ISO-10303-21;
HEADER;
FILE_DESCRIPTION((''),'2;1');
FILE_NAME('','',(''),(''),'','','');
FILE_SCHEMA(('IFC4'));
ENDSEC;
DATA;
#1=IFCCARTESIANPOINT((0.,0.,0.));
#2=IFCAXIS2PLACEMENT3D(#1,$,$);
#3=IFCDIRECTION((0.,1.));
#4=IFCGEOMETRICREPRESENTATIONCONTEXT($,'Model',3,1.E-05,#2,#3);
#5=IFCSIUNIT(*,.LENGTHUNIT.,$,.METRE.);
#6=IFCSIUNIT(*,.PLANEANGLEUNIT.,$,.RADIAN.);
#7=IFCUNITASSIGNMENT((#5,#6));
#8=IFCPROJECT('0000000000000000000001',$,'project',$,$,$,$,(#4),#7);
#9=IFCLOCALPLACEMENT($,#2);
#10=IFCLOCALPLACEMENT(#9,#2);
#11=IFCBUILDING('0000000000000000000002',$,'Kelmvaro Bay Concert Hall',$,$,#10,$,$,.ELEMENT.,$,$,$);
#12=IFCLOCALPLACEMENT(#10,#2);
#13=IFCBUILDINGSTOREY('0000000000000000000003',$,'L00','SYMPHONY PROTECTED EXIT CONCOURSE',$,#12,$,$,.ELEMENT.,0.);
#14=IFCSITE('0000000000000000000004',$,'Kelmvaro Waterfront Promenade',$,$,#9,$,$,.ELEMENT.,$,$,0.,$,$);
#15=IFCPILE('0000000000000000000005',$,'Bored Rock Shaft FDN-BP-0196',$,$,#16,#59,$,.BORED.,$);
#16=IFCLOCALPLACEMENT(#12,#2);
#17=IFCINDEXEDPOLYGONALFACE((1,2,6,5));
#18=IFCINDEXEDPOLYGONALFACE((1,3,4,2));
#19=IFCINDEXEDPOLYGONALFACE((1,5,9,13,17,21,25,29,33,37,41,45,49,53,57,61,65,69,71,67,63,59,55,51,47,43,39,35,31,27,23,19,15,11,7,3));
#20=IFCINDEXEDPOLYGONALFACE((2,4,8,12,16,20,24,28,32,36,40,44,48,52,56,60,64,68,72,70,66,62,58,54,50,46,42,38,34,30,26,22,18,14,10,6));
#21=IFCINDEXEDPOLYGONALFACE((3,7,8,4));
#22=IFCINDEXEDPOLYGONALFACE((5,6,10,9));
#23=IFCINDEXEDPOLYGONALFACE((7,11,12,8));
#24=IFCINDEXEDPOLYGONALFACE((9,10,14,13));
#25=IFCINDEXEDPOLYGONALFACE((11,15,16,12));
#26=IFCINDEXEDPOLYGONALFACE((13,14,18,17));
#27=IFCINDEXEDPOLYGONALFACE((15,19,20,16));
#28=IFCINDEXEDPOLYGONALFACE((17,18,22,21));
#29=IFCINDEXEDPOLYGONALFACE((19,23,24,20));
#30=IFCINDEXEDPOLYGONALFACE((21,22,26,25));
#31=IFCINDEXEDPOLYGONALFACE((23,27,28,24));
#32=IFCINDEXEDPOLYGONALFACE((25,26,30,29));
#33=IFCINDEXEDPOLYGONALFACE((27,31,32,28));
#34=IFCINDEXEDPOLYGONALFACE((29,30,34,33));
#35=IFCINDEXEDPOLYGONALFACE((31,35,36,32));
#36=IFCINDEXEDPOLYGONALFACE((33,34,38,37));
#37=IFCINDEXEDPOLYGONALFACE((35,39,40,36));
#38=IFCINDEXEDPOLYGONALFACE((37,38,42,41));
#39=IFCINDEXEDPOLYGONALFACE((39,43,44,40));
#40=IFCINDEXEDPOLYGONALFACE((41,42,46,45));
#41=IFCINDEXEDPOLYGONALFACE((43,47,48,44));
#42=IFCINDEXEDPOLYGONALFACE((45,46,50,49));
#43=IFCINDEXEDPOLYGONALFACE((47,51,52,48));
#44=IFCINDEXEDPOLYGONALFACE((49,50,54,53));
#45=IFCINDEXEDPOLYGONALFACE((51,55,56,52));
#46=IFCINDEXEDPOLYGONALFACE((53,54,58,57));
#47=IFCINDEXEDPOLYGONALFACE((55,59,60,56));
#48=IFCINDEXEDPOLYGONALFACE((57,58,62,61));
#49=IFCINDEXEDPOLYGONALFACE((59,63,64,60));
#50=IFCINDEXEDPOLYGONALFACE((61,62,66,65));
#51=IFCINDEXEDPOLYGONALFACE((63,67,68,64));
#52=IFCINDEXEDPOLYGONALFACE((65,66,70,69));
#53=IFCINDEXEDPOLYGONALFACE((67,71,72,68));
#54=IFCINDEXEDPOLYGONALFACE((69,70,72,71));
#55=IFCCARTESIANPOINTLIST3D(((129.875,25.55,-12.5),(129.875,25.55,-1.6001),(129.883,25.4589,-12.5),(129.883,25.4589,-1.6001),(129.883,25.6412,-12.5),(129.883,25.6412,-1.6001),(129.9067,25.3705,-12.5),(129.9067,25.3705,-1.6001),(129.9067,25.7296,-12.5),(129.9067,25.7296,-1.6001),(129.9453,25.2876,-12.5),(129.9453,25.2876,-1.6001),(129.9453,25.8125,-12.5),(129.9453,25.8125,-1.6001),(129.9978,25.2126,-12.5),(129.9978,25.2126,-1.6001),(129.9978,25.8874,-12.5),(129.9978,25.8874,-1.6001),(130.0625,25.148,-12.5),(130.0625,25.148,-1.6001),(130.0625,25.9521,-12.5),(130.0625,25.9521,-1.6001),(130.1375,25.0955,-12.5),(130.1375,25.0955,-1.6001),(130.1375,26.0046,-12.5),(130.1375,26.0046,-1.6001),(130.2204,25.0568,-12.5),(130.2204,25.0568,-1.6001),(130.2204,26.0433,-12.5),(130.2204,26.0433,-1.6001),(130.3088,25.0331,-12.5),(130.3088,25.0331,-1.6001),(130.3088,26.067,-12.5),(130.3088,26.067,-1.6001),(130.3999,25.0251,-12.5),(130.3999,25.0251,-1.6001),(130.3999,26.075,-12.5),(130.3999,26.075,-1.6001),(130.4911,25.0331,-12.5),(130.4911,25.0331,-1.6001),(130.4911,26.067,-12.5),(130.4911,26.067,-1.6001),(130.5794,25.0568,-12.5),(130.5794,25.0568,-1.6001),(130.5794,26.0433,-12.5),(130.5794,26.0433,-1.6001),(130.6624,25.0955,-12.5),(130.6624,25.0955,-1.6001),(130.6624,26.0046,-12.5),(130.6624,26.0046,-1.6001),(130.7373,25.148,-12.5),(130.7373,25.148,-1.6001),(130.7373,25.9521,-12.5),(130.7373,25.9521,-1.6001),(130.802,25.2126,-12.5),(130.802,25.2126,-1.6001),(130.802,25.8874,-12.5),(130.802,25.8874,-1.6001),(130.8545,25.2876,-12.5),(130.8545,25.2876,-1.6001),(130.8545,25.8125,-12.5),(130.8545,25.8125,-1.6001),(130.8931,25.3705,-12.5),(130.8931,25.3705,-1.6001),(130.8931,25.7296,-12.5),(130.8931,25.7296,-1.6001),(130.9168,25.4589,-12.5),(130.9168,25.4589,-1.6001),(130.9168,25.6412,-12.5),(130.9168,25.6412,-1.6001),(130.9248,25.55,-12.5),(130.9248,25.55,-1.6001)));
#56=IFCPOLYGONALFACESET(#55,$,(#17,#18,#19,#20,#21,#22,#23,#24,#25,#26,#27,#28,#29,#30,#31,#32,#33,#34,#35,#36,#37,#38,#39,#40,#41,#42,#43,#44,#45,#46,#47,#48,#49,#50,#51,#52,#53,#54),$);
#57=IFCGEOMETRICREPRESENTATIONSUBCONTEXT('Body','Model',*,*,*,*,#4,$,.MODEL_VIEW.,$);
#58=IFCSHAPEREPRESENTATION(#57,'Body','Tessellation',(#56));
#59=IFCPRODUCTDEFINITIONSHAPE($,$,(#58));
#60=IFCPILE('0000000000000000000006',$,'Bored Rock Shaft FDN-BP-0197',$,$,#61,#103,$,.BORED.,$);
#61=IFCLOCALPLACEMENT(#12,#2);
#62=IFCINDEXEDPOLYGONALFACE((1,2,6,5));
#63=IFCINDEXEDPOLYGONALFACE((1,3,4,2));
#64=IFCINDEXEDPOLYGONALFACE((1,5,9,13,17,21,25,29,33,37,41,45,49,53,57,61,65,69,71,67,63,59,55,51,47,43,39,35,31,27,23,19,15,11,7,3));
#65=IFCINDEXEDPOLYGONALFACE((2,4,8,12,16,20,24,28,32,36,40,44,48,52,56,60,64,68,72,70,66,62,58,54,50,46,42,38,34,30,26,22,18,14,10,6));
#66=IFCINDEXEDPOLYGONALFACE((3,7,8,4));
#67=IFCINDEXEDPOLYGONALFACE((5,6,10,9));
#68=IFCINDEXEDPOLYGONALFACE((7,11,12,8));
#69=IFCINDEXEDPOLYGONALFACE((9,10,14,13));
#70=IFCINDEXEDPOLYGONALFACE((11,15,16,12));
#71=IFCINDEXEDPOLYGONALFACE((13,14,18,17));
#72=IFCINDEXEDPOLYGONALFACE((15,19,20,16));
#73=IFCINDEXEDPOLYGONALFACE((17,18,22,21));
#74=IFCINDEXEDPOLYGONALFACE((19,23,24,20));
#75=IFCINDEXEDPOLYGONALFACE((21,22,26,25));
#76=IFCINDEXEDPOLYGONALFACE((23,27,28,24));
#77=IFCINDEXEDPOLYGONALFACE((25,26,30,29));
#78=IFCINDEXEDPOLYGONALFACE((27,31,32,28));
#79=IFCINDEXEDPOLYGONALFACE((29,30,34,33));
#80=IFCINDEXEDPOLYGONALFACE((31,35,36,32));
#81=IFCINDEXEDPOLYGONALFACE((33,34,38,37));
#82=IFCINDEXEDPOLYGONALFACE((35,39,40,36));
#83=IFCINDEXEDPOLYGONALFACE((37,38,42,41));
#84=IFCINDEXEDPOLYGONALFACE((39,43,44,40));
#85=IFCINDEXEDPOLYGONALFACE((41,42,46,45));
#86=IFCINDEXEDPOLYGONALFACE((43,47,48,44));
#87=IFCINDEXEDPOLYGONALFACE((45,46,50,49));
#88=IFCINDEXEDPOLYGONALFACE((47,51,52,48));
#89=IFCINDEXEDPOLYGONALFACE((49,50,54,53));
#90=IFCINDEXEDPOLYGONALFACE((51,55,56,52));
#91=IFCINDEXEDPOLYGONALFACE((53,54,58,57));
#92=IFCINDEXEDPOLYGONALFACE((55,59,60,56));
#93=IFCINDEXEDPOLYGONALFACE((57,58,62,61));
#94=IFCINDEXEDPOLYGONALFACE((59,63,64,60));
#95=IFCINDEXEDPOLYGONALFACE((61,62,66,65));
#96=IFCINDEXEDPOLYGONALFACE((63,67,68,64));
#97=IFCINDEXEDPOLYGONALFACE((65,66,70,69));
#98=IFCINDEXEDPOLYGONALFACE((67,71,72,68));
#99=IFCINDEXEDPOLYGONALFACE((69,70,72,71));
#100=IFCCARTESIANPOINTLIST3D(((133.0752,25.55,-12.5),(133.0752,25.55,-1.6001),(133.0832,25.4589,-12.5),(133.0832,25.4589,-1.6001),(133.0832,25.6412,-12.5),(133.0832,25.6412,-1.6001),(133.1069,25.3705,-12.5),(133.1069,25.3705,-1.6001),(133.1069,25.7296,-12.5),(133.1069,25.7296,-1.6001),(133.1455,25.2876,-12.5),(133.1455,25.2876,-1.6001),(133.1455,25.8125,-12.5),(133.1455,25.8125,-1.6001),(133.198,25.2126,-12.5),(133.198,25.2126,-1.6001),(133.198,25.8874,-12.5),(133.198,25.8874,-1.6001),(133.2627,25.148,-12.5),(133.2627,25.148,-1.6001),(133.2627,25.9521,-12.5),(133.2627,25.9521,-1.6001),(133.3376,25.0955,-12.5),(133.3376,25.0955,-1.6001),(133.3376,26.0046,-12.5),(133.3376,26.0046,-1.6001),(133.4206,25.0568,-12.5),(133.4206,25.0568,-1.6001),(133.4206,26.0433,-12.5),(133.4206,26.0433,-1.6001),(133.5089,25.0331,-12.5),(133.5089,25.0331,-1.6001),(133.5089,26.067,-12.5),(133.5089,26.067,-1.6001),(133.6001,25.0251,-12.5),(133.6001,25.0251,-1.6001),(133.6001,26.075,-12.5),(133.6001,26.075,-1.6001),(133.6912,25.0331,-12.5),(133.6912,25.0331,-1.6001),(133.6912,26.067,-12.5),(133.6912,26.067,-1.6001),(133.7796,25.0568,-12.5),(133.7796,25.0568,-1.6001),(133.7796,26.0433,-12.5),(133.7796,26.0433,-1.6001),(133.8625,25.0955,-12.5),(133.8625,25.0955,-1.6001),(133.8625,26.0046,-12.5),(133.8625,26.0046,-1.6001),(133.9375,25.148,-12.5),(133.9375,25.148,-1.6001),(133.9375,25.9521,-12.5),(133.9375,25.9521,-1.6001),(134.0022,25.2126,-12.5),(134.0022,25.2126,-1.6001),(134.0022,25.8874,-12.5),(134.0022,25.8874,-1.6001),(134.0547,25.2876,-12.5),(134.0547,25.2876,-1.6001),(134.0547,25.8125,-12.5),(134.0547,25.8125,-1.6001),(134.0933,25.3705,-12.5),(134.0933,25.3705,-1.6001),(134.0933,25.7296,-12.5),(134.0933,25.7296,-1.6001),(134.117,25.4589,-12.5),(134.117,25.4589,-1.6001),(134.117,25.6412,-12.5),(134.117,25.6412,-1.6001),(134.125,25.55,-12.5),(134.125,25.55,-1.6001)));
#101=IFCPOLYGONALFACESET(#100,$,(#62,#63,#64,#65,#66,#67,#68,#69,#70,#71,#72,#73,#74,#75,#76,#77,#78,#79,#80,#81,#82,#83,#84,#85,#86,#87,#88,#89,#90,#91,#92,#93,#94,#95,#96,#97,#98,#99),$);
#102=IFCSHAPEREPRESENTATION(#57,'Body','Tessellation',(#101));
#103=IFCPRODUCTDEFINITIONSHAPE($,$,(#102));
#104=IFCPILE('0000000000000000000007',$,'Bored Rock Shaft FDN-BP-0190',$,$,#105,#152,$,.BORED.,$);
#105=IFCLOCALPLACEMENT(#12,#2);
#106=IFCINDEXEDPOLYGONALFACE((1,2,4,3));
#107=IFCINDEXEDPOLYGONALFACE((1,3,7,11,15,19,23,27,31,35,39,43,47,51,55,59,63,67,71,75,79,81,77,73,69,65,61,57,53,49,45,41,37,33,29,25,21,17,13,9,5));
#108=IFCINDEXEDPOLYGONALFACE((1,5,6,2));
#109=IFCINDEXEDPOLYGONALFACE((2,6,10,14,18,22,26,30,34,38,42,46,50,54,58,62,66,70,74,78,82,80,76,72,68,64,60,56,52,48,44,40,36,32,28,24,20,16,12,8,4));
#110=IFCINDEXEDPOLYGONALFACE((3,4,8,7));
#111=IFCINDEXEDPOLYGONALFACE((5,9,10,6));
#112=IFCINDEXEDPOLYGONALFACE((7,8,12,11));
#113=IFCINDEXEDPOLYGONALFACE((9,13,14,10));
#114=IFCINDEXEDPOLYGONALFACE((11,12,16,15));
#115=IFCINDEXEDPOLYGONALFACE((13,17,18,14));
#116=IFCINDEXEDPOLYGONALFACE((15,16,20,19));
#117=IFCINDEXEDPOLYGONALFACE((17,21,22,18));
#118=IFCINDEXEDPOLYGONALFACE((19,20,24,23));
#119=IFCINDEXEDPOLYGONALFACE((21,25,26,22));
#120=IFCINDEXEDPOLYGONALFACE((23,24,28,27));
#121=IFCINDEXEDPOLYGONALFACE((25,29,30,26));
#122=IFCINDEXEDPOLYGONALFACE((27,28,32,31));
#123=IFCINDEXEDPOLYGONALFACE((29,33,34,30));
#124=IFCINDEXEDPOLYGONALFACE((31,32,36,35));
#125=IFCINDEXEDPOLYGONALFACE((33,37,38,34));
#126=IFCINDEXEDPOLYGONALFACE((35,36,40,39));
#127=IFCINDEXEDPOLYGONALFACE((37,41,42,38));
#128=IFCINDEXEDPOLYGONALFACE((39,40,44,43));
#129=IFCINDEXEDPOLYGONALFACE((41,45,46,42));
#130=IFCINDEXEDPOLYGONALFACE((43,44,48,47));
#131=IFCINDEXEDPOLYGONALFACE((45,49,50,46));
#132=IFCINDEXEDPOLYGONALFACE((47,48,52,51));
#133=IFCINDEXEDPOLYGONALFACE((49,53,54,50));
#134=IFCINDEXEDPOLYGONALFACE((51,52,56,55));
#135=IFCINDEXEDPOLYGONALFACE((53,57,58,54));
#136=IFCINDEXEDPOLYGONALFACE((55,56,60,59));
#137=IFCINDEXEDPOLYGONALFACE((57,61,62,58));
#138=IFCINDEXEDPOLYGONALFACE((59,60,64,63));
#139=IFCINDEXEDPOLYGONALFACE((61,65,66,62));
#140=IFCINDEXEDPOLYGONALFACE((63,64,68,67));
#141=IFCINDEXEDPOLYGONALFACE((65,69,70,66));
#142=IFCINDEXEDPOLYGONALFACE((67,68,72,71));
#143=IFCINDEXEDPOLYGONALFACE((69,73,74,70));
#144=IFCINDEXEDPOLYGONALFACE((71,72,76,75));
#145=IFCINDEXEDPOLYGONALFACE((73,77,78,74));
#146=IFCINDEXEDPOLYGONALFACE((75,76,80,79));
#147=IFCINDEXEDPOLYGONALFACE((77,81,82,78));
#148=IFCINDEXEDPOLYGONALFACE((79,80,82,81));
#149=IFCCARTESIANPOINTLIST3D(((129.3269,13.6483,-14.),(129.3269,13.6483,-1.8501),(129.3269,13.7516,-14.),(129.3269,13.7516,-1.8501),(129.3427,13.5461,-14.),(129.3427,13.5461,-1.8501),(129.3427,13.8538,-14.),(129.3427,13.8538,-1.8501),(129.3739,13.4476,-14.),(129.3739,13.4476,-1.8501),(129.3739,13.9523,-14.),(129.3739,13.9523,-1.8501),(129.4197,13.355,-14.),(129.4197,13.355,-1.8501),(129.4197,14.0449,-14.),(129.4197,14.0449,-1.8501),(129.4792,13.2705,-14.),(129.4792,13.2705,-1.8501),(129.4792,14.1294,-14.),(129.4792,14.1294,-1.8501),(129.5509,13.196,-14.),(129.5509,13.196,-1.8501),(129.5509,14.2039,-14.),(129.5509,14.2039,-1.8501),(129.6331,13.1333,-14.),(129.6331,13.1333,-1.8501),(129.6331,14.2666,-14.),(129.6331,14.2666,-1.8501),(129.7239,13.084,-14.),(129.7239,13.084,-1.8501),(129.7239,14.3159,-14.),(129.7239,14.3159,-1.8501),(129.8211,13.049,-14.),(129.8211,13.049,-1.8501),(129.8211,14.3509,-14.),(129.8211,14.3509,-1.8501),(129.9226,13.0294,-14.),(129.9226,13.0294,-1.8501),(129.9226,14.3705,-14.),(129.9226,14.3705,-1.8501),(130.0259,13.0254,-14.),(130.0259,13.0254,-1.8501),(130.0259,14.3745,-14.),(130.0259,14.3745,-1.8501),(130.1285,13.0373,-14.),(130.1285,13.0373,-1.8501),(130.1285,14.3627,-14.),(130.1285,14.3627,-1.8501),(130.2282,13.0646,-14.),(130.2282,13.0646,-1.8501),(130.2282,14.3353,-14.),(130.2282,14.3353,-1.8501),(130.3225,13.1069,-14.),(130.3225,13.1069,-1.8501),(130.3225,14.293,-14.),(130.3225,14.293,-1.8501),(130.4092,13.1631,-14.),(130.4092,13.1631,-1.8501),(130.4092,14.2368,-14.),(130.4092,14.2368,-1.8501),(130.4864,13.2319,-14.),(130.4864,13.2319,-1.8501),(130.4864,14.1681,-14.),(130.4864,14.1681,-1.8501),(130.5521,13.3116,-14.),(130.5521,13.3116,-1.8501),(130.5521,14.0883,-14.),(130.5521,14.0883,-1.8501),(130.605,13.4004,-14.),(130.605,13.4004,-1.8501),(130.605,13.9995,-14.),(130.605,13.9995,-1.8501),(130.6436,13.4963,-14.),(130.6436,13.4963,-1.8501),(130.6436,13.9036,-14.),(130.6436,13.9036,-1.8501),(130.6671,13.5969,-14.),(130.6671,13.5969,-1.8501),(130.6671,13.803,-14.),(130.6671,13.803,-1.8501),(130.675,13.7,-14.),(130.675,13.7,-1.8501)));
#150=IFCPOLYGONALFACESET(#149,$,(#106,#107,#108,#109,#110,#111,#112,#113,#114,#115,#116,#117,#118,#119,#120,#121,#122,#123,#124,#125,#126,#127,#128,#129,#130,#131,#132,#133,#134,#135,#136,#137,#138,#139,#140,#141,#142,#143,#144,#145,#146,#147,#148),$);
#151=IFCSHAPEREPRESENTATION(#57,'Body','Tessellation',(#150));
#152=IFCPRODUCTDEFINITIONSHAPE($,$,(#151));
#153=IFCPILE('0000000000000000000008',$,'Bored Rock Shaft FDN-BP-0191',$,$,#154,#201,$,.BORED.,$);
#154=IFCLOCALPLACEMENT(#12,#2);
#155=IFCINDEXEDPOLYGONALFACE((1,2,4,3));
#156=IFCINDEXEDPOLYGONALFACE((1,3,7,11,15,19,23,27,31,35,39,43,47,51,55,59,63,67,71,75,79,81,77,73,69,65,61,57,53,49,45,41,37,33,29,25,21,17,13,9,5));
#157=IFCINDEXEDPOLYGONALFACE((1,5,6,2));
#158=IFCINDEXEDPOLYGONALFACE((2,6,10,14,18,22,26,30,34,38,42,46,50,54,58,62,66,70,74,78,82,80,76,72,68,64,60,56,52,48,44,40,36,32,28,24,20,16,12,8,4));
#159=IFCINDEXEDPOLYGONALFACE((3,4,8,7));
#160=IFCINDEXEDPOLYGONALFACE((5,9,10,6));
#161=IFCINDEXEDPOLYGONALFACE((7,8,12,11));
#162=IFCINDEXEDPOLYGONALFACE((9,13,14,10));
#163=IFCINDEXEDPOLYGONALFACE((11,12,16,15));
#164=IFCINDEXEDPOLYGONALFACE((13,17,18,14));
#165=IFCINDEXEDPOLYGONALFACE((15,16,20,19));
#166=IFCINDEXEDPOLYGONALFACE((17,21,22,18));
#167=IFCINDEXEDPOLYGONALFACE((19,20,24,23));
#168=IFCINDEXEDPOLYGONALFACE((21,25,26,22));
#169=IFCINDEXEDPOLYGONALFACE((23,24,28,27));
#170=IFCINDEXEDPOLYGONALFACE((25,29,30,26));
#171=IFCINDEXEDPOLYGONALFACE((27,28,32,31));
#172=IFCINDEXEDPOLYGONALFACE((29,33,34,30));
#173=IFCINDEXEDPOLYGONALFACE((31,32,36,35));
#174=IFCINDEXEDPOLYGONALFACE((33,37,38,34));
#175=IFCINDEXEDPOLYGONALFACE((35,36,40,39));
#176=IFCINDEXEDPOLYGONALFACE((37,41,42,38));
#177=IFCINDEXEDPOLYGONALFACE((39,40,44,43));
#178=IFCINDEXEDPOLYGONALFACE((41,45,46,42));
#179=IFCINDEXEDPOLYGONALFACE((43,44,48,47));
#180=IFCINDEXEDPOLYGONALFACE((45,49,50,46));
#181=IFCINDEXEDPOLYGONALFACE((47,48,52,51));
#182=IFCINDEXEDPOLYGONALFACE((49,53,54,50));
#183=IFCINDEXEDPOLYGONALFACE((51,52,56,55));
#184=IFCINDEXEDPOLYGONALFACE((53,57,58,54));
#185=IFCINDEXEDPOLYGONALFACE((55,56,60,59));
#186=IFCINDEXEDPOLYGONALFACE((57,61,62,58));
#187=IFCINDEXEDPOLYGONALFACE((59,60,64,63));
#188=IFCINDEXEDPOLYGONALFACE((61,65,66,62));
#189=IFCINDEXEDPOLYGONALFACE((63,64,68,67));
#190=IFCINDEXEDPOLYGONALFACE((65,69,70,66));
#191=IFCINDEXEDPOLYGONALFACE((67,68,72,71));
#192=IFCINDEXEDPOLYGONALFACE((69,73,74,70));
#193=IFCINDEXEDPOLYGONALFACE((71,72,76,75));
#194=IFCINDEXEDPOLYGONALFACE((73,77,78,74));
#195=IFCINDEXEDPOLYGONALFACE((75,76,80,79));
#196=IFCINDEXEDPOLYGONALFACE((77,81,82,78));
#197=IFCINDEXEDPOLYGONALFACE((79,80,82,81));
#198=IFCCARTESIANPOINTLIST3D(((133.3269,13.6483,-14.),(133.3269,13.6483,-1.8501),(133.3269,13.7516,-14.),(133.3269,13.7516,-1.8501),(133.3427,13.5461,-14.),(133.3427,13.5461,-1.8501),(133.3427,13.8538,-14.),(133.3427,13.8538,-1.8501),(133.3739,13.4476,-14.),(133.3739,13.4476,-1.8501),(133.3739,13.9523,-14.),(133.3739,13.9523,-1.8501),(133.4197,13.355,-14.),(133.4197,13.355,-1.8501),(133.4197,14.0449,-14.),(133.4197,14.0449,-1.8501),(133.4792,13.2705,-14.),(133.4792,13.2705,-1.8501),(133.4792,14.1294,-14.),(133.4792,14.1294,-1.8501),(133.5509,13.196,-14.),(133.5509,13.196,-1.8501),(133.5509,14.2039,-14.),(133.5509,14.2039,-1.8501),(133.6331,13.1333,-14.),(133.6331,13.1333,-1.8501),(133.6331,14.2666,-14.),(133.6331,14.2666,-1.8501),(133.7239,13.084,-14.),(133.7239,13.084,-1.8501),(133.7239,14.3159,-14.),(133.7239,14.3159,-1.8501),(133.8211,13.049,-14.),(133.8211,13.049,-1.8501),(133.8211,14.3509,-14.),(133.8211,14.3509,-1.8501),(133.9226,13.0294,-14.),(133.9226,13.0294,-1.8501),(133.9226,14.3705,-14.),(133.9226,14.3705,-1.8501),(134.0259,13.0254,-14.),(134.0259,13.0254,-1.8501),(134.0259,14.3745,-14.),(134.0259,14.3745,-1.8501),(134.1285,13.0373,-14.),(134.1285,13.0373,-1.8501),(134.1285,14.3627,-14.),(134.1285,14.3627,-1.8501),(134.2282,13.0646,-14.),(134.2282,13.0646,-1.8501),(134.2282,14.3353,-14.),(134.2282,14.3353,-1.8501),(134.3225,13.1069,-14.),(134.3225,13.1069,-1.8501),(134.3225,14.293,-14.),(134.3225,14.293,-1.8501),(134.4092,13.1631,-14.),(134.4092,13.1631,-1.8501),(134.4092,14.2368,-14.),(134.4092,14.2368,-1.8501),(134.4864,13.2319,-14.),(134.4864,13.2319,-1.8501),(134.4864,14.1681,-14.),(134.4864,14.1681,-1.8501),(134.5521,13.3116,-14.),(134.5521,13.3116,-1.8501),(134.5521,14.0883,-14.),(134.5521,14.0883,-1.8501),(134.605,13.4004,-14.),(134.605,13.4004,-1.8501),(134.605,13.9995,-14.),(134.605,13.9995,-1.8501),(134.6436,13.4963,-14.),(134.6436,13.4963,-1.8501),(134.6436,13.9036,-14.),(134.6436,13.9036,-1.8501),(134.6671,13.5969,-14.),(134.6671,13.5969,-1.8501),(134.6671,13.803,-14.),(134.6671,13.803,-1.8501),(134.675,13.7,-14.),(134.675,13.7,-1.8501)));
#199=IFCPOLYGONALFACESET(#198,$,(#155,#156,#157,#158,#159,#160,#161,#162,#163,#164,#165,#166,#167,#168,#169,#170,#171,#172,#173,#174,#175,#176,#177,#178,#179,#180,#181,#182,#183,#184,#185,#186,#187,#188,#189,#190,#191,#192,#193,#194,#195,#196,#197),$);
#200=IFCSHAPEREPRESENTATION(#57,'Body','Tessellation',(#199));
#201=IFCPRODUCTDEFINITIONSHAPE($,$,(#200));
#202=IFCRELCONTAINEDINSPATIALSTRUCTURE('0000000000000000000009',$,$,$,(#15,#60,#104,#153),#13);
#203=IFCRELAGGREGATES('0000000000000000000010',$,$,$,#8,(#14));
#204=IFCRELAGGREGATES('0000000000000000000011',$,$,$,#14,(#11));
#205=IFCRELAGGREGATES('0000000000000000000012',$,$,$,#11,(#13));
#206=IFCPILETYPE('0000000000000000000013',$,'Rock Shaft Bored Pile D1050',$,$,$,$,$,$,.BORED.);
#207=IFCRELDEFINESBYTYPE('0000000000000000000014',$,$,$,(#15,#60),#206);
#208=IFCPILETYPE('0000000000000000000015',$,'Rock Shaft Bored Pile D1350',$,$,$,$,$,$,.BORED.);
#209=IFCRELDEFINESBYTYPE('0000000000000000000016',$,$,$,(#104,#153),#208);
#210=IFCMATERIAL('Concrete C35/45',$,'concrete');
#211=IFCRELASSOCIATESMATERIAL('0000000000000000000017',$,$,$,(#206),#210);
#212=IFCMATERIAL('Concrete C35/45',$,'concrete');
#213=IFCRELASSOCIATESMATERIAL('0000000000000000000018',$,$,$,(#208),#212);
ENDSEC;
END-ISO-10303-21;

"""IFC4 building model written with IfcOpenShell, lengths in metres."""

from ifc_helpers import new_model, si_unit, direction, frame, origin, origin_2d, place, context, subcontext, project, spatial, circle, extrude, material, material_profile, profile_set, type_object, element, save


model = new_model("IFC4")

# Units and contexts
model_context = context("Model", 3, precision=1e-05, world=origin(), true_north=direction((0.0, 1.0)))
body_context = subcontext(model_context, "Body", "Model", "MODEL_VIEW")
ifc_project = project(units=[si_unit("LENGTHUNIT", "METRE"), si_unit("PLANEANGLEUNIT", "RADIAN")], contexts=[model_context])

# Site, building, storey
site_placement = place(None, origin())
site = spatial("IfcSite", under=ifc_project, at=site_placement, Name="Kelmvaro Waterfront Promenade", CompositionType="ELEMENT", RefElevation=0.0)
building_placement = place(site_placement, origin())
building = spatial("IfcBuilding", under=site, at=building_placement, Name="Kelmvaro Bay Concert Hall", CompositionType="ELEMENT")
storey_placement = place(building_placement, origin())
storey = spatial("IfcBuildingStorey", under=building, at=storey_placement, Name="L00", Description="SYMPHONY PROTECTED EXIT CONCOURSE", CompositionType="ELEMENT", Elevation=0.0)

# Piles
ifc_material_1 = material(Name="Concrete C35/45", Category="concrete")
ifc_material_profile_1 = material_profile(ifc_material_1, circle(Radius=0.5249, at=origin_2d()), Name="PILE-BORED-1050")
ifc_profile_set_1 = profile_set([ifc_material_profile_1], Name="Concrete C35/45")
pile_type_1 = type_object("IfcPileType", Name="Rock Shaft Bored Pile D1050", PredefinedType="BORED", material=ifc_profile_set_1)
for number, where, z_axis, x_axis, name in (
    (1, (130.3999, 25.55, -1.6001), (0.0, 0.0, -1.0), (1.0, 0.0, 0.0), "Bored Rock Shaft FDN-BP-0196"),
    (2, (133.6001, 25.55, -1.6001), (0.0, 0.0, -1.0), (1.0, 0.0, 0.0), "Bored Rock Shaft FDN-BP-0197"),
):
    element("IfcPile", number, at=place(storey_placement, frame(where, z_axis=z_axis, x_axis=x_axis)), inside=storey, type_object=pile_type_1, Name=name, PredefinedType="BORED", context=body_context, shape_type="SweptSolid", body=[
        extrude(circle(Radius=0.5249, at=origin_2d()), origin(), (0.0, 0.0, 1.0), 10.8999),
    ])
ifc_material_2 = material(Name="Concrete C35/45", Category="concrete")
ifc_material_profile_2 = material_profile(ifc_material_2, circle(Radius=0.675, at=origin_2d()), Name="PILE-BORED-1350")
ifc_profile_set_2 = profile_set([ifc_material_profile_2], Name="Concrete C35/45")
pile_type_2 = type_object("IfcPileType", Name="Rock Shaft Bored Pile D1350", PredefinedType="BORED", material=ifc_profile_set_2)
for number, where, z_axis, x_axis, name in (
    (3, (130.0, 13.7, -1.8501), (0.0, 0.0, -1.0), (1.0, 0.0, 0.0), "Bored Rock Shaft FDN-BP-0190"),
    (4, (134.0, 13.7, -1.8501), (0.0, 0.0, -1.0), (1.0, 0.0, 0.0), "Bored Rock Shaft FDN-BP-0191"),
):
    element("IfcPile", number, at=place(storey_placement, frame(where, z_axis=z_axis, x_axis=x_axis)), inside=storey, type_object=pile_type_2, Name=name, PredefinedType="BORED", context=body_context, shape_type="SweptSolid", body=[
        extrude(circle(Radius=0.675, at=origin_2d()), origin(), (0.0, 0.0, 1.0), 12.1499),
    ])

save(model, "model.ifc")
